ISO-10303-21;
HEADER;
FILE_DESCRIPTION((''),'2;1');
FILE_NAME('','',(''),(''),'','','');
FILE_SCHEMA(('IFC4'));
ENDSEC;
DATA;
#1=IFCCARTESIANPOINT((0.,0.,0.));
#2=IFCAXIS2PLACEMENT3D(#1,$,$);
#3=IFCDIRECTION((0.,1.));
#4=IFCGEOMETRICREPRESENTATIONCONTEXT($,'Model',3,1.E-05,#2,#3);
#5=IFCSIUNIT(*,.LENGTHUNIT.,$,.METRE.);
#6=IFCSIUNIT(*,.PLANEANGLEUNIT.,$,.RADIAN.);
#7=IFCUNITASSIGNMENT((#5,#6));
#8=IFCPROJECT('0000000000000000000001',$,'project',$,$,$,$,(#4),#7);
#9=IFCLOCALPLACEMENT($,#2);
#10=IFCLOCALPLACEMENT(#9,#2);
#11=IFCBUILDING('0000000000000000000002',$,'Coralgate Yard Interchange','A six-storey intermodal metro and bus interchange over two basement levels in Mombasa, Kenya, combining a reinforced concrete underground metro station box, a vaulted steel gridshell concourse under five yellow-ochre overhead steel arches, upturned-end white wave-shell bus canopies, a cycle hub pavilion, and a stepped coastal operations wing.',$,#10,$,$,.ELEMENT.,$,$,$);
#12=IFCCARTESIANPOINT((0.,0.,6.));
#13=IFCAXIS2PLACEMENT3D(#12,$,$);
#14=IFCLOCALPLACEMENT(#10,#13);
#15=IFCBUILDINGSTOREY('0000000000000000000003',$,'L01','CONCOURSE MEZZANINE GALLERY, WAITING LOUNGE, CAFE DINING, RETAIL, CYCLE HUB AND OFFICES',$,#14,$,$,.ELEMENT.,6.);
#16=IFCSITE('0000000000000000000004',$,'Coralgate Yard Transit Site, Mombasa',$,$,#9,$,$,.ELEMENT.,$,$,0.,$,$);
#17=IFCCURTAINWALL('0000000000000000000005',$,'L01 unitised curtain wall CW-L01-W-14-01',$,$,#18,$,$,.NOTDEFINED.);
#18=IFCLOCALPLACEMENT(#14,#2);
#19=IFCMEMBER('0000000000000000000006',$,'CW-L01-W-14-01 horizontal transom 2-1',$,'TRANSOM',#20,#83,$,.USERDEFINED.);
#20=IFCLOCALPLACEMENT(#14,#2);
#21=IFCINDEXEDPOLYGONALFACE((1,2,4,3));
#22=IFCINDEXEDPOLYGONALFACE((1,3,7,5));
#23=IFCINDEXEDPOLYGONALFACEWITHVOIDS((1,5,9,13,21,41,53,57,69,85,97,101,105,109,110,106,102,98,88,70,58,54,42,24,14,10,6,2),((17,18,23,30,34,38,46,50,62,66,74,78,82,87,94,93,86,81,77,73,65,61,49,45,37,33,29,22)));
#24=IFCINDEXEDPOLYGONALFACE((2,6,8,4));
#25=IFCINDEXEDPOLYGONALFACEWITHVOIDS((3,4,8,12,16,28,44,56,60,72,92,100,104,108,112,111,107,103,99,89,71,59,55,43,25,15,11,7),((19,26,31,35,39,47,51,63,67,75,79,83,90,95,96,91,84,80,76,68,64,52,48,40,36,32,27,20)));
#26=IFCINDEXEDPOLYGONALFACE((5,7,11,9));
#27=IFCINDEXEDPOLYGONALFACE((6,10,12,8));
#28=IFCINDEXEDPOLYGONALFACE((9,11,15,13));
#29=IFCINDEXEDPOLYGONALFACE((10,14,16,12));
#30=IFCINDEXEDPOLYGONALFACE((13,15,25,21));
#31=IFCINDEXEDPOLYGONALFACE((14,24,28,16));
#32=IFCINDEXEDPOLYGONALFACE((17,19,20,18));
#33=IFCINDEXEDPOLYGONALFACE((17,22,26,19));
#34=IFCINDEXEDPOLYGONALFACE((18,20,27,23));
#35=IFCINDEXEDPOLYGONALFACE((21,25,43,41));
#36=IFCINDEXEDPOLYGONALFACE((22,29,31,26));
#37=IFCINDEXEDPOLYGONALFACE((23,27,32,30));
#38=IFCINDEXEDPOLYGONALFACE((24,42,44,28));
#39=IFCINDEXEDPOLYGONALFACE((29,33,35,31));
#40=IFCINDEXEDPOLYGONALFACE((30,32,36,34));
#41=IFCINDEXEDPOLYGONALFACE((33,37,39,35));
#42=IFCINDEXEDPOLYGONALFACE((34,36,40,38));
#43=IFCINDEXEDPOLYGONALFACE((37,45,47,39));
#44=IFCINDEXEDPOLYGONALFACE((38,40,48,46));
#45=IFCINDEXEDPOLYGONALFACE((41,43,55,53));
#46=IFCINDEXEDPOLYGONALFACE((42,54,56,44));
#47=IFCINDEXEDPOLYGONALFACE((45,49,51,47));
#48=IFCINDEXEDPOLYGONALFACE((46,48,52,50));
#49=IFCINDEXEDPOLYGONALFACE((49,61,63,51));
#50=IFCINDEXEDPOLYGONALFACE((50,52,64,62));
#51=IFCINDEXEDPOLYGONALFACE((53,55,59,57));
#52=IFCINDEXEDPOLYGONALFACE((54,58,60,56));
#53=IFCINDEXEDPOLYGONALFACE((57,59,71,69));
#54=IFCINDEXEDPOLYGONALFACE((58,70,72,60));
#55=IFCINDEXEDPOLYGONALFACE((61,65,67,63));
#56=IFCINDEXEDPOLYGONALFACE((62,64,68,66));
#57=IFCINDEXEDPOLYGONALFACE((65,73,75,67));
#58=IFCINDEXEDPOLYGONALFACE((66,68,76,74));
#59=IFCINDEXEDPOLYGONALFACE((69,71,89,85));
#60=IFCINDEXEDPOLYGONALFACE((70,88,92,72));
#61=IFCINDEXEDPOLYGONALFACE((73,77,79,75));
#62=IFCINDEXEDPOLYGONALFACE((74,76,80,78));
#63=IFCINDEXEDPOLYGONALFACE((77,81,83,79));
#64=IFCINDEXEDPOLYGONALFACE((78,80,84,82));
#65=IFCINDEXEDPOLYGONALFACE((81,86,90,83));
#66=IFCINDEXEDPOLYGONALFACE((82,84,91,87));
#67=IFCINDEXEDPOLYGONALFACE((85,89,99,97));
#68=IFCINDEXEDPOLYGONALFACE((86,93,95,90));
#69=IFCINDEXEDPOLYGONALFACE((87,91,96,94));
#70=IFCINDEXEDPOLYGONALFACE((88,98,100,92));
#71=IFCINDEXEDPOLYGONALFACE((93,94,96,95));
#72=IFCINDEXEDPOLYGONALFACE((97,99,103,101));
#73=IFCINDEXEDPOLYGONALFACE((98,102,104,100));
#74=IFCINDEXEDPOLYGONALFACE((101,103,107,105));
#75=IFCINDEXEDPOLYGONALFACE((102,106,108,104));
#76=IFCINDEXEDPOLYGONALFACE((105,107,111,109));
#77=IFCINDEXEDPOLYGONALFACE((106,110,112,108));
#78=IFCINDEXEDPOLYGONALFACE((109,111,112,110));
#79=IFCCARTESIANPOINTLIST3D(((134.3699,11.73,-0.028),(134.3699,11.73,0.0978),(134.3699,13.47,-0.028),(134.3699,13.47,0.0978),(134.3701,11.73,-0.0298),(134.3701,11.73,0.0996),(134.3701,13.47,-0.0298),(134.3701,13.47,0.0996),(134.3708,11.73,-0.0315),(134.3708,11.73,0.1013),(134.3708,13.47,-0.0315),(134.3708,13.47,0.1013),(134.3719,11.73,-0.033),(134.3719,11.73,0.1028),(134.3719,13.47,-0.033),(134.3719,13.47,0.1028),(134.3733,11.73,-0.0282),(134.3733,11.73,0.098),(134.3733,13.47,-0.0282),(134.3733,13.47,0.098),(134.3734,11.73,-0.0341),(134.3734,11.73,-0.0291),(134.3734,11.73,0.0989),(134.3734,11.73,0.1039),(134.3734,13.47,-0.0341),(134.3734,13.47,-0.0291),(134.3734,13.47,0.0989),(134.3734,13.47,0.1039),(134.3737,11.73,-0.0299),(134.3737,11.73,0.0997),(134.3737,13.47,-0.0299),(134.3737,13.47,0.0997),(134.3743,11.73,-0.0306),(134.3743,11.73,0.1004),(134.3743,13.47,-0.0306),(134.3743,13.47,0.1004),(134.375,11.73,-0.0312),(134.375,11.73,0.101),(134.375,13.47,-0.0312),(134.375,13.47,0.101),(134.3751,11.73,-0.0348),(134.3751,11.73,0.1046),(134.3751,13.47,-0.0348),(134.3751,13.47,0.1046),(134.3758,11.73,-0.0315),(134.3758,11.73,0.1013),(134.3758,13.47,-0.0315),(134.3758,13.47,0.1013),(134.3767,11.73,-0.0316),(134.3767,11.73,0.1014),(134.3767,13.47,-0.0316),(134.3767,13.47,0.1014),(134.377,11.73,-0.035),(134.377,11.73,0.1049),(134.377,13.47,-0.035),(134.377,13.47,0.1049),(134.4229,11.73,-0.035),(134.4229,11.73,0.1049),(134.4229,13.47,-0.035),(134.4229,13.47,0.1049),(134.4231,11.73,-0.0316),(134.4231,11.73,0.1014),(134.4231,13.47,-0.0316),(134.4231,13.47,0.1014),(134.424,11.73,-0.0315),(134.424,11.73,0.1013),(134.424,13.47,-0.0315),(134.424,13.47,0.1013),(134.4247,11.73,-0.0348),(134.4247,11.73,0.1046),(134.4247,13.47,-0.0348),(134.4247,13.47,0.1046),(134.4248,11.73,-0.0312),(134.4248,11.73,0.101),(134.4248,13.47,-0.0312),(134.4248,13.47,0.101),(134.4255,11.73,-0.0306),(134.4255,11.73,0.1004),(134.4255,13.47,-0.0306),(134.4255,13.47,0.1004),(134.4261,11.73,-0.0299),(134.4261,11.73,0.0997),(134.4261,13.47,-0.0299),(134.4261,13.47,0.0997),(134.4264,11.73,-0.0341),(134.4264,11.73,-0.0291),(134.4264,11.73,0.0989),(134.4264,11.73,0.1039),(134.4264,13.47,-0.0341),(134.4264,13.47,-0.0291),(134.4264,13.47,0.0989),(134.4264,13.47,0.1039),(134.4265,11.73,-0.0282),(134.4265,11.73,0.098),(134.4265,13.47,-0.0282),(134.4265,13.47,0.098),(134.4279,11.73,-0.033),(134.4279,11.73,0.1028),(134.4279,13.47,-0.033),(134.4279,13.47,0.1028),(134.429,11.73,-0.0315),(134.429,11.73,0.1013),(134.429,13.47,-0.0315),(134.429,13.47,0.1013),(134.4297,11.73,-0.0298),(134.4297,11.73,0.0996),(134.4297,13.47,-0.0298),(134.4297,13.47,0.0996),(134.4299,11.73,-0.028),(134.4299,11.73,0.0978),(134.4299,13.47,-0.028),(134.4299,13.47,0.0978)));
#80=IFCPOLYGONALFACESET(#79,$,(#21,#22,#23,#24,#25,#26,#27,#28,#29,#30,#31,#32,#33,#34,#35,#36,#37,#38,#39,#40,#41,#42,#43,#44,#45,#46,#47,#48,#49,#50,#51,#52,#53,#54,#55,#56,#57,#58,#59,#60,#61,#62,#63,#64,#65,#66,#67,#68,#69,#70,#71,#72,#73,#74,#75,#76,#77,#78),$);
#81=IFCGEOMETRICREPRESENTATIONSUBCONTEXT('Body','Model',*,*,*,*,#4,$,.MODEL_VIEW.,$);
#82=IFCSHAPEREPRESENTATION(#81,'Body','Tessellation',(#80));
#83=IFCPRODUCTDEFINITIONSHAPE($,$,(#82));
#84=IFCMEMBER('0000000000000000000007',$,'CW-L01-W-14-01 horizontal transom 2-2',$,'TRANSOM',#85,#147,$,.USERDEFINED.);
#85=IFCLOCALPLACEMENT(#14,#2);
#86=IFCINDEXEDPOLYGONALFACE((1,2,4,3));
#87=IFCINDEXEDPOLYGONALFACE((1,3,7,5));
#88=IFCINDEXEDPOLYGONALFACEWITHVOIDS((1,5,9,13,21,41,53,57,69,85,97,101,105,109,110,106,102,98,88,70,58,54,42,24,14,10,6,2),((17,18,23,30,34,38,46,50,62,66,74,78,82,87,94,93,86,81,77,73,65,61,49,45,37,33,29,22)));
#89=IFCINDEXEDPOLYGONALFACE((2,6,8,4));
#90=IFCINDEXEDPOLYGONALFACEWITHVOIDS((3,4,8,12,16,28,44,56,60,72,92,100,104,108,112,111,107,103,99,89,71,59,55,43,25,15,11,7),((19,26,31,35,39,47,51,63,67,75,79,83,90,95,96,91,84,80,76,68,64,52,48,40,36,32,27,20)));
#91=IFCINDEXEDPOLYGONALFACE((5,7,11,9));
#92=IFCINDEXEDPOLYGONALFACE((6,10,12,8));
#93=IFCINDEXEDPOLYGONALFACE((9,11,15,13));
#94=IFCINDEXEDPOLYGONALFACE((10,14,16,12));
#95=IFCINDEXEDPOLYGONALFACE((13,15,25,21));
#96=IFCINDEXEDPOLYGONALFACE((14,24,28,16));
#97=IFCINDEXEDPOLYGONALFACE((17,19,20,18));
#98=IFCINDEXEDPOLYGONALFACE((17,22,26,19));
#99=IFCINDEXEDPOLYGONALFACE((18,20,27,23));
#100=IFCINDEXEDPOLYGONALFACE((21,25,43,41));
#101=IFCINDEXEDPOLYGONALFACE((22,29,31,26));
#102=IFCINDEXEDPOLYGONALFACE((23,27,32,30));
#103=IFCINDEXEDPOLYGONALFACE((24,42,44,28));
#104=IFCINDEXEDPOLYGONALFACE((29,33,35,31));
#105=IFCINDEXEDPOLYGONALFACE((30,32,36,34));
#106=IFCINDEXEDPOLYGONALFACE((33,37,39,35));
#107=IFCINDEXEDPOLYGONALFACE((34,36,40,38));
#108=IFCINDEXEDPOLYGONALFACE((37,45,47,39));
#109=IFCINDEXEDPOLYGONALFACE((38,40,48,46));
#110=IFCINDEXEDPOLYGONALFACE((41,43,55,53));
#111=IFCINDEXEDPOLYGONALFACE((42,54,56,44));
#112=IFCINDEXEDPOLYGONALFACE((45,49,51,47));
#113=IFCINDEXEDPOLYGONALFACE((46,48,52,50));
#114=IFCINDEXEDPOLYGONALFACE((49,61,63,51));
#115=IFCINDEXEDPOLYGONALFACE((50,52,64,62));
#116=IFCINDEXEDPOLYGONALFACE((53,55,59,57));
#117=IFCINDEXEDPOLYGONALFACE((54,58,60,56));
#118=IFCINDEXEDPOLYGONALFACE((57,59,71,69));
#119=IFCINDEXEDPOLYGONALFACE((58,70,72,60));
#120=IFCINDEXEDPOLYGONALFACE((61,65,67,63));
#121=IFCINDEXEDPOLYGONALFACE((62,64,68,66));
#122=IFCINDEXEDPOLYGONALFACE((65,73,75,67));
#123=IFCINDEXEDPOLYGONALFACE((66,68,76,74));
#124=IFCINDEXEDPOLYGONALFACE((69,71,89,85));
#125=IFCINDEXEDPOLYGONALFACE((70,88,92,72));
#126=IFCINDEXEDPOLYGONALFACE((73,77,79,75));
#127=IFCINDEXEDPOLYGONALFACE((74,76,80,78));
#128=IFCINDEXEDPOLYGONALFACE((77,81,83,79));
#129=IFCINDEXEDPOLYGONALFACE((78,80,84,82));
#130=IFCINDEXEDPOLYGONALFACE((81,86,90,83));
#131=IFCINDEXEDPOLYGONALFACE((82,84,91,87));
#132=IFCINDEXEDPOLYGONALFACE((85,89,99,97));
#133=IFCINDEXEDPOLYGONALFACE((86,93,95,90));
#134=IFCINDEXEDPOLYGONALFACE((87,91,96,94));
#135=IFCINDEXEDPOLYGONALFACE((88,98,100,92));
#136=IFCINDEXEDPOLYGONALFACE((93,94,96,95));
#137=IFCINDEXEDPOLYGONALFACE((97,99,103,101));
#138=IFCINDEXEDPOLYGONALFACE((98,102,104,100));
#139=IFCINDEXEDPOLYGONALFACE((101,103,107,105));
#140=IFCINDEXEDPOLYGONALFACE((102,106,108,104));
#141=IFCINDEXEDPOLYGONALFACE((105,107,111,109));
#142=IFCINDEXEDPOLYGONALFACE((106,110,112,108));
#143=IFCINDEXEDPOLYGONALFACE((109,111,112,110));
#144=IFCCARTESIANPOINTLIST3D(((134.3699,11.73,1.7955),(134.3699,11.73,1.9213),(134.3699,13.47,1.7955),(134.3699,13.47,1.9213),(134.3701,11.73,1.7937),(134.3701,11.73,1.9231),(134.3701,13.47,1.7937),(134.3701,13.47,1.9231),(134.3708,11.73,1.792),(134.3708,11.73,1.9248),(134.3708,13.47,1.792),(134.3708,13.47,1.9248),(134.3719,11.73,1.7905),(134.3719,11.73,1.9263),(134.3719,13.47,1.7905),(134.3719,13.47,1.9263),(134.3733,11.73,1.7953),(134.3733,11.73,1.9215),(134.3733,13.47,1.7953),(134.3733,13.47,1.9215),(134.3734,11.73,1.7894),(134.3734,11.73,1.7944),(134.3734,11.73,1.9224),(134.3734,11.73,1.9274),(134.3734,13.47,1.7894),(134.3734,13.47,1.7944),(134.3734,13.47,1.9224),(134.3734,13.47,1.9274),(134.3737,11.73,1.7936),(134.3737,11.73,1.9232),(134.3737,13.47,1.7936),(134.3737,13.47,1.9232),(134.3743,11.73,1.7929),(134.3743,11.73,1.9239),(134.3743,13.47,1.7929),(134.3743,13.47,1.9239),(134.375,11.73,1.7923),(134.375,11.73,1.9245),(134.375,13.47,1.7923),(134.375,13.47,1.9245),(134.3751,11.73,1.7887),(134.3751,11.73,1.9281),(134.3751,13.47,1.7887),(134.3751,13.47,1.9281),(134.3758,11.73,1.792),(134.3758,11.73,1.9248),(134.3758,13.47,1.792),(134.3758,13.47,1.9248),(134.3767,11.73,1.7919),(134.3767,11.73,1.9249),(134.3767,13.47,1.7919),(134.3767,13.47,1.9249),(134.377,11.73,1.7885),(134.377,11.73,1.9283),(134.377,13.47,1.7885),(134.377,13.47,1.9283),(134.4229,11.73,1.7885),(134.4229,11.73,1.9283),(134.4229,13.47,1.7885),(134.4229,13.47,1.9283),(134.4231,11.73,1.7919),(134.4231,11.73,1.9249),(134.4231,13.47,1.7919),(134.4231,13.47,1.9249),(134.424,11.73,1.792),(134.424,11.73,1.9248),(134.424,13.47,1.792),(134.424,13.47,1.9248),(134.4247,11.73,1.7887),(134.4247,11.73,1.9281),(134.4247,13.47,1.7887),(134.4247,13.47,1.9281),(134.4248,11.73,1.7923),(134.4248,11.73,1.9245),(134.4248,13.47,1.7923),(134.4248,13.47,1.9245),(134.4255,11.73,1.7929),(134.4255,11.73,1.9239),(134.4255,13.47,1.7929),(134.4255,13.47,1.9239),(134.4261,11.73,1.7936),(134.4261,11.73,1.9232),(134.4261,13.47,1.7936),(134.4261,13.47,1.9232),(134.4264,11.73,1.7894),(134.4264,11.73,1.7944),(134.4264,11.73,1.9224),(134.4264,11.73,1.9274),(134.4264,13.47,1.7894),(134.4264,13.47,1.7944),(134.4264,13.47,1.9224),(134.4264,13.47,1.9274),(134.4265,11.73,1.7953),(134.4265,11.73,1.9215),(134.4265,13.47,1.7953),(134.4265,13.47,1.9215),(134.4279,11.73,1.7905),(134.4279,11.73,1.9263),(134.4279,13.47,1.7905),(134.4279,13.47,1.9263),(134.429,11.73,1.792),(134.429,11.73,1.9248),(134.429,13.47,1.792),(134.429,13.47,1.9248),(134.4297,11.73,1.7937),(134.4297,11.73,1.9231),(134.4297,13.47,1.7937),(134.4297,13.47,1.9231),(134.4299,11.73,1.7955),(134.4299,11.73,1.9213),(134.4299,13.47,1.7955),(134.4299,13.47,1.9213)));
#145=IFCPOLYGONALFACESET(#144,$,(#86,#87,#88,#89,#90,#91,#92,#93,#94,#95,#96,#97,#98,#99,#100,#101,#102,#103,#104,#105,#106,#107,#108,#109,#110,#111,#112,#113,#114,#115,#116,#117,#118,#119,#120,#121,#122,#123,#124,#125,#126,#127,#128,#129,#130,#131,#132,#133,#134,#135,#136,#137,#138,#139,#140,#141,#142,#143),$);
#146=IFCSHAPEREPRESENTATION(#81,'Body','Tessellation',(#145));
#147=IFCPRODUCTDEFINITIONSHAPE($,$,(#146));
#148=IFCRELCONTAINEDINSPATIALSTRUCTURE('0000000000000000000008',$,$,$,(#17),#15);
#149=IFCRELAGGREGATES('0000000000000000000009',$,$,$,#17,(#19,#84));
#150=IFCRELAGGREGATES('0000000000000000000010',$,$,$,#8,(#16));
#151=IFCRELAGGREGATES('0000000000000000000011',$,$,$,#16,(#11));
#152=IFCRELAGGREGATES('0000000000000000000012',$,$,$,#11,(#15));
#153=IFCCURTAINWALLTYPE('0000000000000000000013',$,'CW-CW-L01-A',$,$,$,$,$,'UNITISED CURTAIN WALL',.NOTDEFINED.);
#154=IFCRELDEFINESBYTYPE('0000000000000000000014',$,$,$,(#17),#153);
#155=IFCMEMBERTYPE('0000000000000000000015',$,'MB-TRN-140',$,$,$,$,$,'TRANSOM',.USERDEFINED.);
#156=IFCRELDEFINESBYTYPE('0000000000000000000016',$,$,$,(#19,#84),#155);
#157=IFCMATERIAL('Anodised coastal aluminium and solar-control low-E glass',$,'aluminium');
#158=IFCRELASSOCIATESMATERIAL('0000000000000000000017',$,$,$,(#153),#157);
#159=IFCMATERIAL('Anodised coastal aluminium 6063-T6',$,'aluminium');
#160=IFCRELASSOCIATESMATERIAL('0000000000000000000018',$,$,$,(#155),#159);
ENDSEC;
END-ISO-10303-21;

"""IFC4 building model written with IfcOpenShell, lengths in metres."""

from ifc_helpers import new_model, si_unit, direction, frame, origin, origin_2d, place, context, subcontext, project, spatial, hollow_rectangle, extrude, material, material_profile, profile_set, type_object, element, aggregate, save


model = new_model("IFC4")

# Units and contexts
model_context = context("Model", 3, precision=1e-05, world=origin(), true_north=direction((0.0, 1.0)))
body_context = subcontext(model_context, "Body", "Model", "MODEL_VIEW")
ifc_project = project(units=[si_unit("LENGTHUNIT", "METRE"), si_unit("PLANEANGLEUNIT", "RADIAN")], contexts=[model_context])

# Site, building, storey
site_placement = place(None, origin())
site = spatial("IfcSite", under=ifc_project, at=site_placement, Name="Coralgate Yard Transit Site, Mombasa", CompositionType="ELEMENT", RefElevation=0.0)
building_placement = place(site_placement, origin())
building = spatial("IfcBuilding", under=site, at=building_placement, Name="Coralgate Yard Interchange", Description="A six-storey intermodal metro and bus interchange over two basement levels in Mombasa, Kenya, combining a reinforced concrete underground metro station box, a vaulted steel gridshell concourse under five yellow-ochre overhead steel arches, upturned-end white wave-shell bus canopies, a cycle hub pavilion, and a stepped coastal operations wing.", CompositionType="ELEMENT")
storey_placement = place(building_placement, frame((0.0, 0.0, 6.0)))
storey = spatial("IfcBuildingStorey", under=building, at=storey_placement, Name="L01", Description="CONCOURSE MEZZANINE GALLERY, WAITING LOUNGE, CAFE DINING, RETAIL, CYCLE HUB AND OFFICES", CompositionType="ELEMENT", Elevation=6.0)

# Curtain wall, members
ifc_material_1 = material(Name="Anodised coastal aluminium and solar-control low-E glass", Category="aluminium")
curtain_wall_type = type_object("IfcCurtainWallType", Name="CW-CW-L01-A", ElementType="UNITISED CURTAIN WALL", PredefinedType="NOTDEFINED", material=ifc_material_1)
curtain_wall_placement = place(storey_placement, origin())
curtain_wall = element("IfcCurtainWall", 1, at=curtain_wall_placement, inside=storey, type_object=curtain_wall_type, Name="L01 unitised curtain wall CW-L01-W-14-01", PredefinedType="NOTDEFINED")
ifc_material_2 = material(Name="Anodised coastal aluminium 6063-T6", Category="aluminium")
ifc_material_profile_1 = material_profile(ifc_material_2, hollow_rectangle(XDim=0.0601, YDim=0.1399, WallThickness=0.0034, InnerFilletRadius=0.0034, OuterFilletRadius=0.0071, at=origin_2d()), Name="ALU 60x140x3.5")
ifc_profile_set_1 = profile_set([ifc_material_profile_1], Name="Anodised coastal aluminium 6063-T6")
member_type_1 = type_object("IfcMemberType", Name="MB-TRN-140", ElementType="TRANSOM", PredefinedType="USERDEFINED", material=ifc_profile_set_1)
member_1_placement = place(storey_placement, frame((134.3999, 11.73, 0.0349), z_axis=(0.0, 1.0, 0.0), x_axis=(-1.0, 0.0, 0.0)))
member_1 = element("IfcMember", 2, at=member_1_placement, type_object=member_type_1, Name="CW-L01-W-14-01 horizontal transom 2-1", ObjectType="TRANSOM", PredefinedType="USERDEFINED", context=body_context, shape_type="SweptSolid", body=[
    extrude(hollow_rectangle(XDim=0.0601, YDim=0.1399, WallThickness=0.0034, InnerFilletRadius=0.0034, OuterFilletRadius=0.0071, at=origin_2d()), origin(), (0.0, 0.0, 1.0), 1.74),
])
member_2_placement = place(storey_placement, frame((134.3999, 11.73, 1.8584), z_axis=(0.0, 1.0, 0.0), x_axis=(-1.0, 0.0, 0.0)))
member_2 = element("IfcMember", 3, at=member_2_placement, type_object=member_type_1, Name="CW-L01-W-14-01 horizontal transom 2-2", ObjectType="TRANSOM", PredefinedType="USERDEFINED", context=body_context, shape_type="SweptSolid", body=[
    extrude(hollow_rectangle(XDim=0.0601, YDim=0.1399, WallThickness=0.0034, InnerFilletRadius=0.0034, OuterFilletRadius=0.0071, at=origin_2d()), origin(), (0.0, 0.0, 1.0), 1.74),
])
aggregate(curtain_wall, [member_1, member_2])

save(model, "model.ifc")
